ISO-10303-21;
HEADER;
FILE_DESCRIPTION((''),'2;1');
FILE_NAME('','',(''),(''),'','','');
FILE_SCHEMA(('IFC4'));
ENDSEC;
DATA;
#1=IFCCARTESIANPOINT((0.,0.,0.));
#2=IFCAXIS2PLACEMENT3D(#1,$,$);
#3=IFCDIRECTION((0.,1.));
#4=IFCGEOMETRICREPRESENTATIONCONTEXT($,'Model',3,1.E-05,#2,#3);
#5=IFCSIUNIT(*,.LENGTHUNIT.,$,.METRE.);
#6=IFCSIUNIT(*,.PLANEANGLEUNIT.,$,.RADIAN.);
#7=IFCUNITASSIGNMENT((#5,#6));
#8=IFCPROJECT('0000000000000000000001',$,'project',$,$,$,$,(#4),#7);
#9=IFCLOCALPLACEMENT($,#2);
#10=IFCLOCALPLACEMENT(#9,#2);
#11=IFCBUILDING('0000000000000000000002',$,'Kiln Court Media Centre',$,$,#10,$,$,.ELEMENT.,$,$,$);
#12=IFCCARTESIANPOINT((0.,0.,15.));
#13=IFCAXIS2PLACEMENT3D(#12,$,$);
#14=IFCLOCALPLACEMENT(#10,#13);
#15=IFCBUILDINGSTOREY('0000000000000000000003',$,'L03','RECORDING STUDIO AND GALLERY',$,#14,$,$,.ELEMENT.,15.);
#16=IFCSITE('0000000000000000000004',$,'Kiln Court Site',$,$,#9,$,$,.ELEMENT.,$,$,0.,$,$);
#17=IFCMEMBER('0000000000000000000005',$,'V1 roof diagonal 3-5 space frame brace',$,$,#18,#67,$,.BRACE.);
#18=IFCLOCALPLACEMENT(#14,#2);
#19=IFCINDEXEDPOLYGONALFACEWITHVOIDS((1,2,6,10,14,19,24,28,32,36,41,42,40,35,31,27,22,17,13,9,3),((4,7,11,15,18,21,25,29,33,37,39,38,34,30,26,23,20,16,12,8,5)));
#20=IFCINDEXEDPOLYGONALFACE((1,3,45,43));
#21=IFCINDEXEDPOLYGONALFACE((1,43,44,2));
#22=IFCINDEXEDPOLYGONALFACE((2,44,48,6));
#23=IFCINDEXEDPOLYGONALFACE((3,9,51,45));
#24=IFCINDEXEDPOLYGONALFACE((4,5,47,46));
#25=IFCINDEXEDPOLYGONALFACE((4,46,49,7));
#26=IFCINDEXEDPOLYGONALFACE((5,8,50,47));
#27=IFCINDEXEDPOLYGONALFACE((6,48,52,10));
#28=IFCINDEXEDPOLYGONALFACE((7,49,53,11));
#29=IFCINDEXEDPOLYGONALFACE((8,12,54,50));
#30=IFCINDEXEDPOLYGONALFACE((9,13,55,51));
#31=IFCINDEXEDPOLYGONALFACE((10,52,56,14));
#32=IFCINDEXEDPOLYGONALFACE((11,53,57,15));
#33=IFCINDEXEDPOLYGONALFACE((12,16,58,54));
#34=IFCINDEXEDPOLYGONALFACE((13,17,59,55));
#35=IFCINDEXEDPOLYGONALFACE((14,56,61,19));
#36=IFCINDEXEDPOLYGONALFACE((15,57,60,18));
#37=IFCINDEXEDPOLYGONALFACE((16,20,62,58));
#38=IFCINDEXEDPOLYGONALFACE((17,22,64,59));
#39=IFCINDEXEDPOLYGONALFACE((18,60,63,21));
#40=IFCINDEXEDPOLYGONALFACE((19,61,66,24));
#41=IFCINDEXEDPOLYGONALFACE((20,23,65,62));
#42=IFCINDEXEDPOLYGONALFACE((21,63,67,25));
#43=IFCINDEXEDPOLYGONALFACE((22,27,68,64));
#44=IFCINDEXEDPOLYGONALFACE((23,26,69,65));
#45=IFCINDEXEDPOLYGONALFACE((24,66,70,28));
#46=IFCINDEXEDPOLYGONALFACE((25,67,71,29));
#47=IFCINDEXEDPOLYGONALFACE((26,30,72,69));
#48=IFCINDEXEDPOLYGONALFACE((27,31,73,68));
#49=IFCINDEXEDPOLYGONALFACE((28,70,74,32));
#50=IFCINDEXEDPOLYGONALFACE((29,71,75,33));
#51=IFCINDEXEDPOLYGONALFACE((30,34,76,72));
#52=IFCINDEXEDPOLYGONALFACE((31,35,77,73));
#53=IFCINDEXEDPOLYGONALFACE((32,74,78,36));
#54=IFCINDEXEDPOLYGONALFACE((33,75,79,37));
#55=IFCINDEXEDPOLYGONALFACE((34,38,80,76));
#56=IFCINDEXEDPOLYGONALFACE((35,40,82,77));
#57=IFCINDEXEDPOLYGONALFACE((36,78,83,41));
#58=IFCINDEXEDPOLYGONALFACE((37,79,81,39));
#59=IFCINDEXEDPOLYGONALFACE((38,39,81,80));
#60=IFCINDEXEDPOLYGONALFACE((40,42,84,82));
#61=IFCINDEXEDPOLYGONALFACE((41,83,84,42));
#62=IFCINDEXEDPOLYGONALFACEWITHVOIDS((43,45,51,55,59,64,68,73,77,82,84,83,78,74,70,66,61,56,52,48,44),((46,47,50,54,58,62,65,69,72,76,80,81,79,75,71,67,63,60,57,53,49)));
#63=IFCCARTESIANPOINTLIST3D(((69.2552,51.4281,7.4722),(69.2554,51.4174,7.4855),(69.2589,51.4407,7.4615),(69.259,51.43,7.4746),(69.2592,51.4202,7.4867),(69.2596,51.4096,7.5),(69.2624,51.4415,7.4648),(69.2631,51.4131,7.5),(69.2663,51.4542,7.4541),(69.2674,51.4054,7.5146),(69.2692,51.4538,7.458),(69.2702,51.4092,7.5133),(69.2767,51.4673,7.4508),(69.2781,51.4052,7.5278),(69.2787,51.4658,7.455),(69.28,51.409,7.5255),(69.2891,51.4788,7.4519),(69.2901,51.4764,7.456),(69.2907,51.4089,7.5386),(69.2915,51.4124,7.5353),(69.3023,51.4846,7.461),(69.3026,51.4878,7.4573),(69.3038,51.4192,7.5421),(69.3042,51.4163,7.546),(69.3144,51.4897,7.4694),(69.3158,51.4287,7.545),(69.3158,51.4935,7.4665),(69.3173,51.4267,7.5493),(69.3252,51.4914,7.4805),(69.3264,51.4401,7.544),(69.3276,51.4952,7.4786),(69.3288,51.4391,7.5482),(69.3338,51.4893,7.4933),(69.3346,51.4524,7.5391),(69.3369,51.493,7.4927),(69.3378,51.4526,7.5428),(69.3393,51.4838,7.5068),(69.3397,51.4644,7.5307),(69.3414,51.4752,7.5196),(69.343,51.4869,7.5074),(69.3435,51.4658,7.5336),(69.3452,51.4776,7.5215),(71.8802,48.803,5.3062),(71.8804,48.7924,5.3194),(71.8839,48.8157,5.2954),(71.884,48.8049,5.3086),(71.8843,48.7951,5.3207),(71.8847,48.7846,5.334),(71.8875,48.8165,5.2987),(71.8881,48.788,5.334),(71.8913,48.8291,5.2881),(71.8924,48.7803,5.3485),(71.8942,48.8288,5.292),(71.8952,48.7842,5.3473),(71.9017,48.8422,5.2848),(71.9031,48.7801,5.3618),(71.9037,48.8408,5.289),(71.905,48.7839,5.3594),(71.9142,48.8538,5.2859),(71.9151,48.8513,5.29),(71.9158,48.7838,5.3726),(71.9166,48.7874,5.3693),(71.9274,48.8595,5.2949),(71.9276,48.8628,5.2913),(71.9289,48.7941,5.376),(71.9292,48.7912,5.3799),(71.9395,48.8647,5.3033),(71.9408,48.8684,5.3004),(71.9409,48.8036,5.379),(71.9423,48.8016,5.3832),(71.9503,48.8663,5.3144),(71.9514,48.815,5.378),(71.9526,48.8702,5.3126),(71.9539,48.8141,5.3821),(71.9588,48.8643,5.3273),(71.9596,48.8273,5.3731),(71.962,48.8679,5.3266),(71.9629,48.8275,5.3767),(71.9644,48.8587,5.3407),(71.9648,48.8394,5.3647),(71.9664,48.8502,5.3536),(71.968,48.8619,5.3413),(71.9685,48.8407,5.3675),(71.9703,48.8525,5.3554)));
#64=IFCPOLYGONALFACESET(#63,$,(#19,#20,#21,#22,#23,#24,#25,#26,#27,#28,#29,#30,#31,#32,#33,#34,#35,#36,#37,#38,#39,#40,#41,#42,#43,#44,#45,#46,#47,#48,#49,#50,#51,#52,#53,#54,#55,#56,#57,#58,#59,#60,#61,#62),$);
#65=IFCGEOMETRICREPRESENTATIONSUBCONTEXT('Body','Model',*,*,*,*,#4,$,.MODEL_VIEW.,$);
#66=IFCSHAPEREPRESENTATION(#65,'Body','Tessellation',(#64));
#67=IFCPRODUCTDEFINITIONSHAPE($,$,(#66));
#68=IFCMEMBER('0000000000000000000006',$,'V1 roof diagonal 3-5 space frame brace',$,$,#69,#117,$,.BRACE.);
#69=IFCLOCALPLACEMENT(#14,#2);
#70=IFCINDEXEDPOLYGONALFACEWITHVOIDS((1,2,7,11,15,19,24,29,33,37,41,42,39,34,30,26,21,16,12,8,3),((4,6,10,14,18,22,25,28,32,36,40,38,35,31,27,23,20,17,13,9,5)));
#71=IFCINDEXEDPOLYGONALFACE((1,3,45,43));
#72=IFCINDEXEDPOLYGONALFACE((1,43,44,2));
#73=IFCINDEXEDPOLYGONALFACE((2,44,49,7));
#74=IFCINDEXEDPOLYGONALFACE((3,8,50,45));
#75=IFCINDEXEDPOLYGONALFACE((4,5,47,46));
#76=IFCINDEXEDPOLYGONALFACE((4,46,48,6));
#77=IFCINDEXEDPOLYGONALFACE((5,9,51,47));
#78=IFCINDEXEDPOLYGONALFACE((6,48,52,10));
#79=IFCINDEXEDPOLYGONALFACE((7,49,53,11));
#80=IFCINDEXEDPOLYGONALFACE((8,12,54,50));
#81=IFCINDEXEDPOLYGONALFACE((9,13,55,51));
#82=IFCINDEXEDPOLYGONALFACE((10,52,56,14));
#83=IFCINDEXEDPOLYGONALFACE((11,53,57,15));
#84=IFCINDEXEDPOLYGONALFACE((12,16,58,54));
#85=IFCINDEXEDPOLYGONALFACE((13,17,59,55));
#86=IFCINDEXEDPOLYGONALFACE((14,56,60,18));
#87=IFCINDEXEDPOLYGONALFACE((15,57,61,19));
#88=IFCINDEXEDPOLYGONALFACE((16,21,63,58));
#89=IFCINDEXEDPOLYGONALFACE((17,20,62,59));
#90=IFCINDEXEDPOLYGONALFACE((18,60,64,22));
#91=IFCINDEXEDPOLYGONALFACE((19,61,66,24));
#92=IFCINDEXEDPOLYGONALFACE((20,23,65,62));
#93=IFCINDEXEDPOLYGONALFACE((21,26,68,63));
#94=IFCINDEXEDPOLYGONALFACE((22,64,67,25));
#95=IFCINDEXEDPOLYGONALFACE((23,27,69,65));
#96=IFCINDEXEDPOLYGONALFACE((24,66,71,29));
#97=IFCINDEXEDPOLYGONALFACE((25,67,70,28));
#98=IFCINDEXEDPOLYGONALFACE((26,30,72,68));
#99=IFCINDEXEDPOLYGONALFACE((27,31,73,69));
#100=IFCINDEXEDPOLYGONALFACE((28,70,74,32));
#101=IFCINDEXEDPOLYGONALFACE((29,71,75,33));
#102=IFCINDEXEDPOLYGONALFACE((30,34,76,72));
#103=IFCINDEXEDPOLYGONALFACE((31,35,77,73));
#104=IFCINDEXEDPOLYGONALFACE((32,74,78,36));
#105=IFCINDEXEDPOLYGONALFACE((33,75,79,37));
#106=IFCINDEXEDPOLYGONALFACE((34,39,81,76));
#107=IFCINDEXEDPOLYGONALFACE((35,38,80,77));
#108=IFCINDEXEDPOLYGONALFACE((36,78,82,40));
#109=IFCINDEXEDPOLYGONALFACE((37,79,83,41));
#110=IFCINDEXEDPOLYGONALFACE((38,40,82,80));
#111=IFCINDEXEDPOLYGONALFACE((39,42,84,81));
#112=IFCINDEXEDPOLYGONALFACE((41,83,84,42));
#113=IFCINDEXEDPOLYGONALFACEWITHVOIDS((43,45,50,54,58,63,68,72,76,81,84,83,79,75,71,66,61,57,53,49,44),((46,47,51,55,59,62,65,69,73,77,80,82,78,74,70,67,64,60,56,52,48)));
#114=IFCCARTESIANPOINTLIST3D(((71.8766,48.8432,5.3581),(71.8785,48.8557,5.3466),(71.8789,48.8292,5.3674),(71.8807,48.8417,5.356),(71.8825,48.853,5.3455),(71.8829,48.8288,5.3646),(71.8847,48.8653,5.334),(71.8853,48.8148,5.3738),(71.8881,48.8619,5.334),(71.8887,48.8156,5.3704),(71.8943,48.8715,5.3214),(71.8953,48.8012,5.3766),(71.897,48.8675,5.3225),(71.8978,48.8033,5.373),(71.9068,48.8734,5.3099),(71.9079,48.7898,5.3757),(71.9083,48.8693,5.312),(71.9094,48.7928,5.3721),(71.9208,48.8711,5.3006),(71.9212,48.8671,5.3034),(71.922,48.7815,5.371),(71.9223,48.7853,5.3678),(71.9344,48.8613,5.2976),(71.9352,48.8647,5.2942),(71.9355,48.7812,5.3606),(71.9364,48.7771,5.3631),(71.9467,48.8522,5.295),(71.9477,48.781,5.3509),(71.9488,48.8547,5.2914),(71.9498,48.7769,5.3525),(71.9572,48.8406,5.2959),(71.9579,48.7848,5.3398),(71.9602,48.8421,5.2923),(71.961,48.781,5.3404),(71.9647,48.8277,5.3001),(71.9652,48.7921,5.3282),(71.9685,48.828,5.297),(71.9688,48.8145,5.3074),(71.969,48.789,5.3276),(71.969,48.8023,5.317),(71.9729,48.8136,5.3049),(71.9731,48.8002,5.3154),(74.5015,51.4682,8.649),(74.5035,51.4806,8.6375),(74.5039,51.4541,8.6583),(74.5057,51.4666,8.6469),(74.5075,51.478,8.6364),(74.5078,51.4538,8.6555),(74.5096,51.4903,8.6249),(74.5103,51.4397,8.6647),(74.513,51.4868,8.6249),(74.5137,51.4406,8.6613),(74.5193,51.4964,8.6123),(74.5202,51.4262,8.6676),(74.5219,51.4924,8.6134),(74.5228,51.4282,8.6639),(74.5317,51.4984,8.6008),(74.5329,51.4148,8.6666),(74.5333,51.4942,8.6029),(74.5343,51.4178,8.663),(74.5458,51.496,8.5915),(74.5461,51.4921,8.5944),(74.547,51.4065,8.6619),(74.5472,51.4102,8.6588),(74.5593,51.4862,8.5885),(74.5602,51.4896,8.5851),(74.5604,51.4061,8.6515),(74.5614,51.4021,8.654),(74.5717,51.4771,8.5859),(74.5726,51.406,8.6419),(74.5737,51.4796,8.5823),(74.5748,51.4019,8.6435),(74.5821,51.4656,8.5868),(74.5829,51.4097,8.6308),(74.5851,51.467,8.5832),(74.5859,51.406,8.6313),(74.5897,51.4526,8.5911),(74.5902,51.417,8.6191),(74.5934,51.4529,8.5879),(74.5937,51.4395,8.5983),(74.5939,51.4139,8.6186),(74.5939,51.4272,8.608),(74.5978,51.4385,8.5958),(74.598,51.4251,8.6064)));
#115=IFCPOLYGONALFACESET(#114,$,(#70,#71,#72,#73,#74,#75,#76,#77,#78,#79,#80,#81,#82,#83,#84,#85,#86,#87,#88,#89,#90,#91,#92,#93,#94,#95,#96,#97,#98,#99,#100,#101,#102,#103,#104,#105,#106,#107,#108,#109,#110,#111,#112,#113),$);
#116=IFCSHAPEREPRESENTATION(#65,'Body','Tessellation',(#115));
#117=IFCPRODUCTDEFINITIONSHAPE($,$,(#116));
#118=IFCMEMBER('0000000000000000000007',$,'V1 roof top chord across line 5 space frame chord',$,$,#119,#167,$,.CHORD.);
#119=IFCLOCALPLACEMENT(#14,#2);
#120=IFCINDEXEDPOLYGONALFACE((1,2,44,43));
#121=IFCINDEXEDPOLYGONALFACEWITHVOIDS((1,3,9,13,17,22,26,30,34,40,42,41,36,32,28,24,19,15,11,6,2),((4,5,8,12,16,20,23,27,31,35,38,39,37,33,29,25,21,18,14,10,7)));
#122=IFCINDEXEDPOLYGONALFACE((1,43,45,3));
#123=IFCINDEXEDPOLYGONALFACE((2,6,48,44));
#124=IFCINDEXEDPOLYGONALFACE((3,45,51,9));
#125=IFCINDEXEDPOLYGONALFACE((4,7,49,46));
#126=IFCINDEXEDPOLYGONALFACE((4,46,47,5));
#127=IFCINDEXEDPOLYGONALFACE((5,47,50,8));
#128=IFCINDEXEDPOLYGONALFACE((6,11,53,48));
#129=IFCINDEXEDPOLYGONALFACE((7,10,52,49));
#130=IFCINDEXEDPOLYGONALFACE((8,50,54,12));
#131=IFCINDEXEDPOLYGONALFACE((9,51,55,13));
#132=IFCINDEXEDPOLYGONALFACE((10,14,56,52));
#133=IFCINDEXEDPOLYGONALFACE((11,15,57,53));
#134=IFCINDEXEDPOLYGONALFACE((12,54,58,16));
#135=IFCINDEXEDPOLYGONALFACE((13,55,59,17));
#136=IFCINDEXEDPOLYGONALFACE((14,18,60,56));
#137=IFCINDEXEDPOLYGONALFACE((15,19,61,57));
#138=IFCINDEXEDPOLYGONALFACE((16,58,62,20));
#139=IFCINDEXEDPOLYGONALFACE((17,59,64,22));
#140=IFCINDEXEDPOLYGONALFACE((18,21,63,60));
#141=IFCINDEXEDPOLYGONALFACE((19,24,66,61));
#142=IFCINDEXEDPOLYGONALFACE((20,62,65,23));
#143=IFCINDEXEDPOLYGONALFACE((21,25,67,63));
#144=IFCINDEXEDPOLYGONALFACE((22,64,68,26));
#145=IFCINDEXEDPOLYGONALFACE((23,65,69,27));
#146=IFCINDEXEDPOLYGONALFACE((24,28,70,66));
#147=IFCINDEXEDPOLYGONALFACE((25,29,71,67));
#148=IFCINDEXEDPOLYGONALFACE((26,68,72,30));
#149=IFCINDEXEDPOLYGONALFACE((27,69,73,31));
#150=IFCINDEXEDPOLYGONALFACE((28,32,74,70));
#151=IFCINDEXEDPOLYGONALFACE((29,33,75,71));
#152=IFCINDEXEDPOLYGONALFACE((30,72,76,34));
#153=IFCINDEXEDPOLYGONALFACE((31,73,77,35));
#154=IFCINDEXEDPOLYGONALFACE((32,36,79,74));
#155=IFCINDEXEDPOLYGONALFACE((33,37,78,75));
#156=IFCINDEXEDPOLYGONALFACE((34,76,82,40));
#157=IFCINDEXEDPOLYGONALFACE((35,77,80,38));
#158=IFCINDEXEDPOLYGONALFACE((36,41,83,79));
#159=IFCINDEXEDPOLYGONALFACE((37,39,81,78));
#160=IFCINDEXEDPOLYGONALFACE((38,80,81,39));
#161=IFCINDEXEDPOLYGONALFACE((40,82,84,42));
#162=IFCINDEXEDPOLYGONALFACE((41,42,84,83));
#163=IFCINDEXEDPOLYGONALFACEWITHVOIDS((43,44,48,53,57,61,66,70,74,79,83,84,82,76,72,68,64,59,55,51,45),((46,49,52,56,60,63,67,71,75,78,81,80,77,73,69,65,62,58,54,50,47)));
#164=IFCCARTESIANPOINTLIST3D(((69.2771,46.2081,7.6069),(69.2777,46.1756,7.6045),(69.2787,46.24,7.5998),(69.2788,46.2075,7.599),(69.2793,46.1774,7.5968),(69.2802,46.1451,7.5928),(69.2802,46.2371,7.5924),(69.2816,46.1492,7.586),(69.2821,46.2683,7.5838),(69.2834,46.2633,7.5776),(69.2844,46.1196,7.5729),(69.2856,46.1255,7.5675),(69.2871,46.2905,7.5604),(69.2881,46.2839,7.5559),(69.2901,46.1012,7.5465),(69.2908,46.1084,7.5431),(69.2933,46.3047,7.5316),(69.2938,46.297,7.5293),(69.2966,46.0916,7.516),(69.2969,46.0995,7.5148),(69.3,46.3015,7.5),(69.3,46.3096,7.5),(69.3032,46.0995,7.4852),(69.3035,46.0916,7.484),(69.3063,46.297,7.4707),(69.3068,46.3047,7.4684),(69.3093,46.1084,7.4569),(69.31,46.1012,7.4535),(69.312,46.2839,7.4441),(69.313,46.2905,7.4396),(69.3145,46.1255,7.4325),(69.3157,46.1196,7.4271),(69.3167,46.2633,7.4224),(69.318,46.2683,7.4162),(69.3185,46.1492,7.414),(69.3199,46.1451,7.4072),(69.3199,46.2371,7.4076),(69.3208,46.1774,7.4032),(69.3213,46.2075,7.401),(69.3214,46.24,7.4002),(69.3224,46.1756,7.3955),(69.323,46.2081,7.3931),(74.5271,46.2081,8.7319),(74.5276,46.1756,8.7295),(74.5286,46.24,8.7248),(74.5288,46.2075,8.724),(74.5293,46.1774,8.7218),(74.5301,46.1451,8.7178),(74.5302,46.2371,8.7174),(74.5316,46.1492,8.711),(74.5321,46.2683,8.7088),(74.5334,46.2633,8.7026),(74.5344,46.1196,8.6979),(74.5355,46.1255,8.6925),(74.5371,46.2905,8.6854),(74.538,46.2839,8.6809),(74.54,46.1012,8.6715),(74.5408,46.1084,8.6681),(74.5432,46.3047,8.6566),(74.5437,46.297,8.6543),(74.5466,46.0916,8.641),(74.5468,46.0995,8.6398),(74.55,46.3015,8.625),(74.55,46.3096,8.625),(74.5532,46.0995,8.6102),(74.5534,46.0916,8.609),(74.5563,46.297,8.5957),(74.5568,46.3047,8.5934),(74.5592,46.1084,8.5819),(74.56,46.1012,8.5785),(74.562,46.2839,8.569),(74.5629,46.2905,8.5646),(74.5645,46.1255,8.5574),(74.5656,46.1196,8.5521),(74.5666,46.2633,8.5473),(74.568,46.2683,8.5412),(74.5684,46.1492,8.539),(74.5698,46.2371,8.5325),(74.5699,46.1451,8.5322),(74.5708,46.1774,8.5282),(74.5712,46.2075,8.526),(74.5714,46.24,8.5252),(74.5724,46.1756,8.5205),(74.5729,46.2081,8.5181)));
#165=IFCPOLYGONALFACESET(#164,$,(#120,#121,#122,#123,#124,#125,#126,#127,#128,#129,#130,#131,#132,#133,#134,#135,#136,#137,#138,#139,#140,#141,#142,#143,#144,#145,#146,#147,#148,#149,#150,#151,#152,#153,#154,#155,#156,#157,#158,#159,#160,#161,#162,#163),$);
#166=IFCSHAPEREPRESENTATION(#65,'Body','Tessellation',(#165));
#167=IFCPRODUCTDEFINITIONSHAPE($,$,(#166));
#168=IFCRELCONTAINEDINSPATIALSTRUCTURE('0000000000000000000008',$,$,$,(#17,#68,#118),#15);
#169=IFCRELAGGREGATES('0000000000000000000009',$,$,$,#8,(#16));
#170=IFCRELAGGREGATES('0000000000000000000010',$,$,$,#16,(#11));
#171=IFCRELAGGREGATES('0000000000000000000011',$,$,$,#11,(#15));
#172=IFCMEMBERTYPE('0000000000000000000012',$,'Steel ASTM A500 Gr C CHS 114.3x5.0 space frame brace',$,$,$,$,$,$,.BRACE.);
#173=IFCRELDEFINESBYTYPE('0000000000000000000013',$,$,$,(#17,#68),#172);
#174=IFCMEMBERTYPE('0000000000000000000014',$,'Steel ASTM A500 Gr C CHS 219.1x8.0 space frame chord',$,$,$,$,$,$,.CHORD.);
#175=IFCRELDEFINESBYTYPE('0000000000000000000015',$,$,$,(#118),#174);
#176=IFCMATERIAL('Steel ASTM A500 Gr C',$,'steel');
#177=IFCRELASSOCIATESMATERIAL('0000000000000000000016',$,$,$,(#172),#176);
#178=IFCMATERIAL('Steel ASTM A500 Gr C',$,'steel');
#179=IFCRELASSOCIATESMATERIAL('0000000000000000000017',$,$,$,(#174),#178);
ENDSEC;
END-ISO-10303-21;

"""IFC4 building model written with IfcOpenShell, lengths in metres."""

from ifc_helpers import new_model, si_unit, direction, frame, origin, origin_2d, place, context, subcontext, project, spatial, hollow_circle, extrude, material, material_profile, profile_set, type_object, element, save


model = new_model("IFC4")

# Units and contexts
model_context = context("Model", 3, precision=1e-05, world=origin(), true_north=direction((0.0, 1.0)))
body_context = subcontext(model_context, "Body", "Model", "MODEL_VIEW")
ifc_project = project(units=[si_unit("LENGTHUNIT", "METRE"), si_unit("PLANEANGLEUNIT", "RADIAN")], contexts=[model_context])

# Site, building, storey
site_placement = place(None, origin())
site = spatial("IfcSite", under=ifc_project, at=site_placement, Name="Kiln Court Site", CompositionType="ELEMENT", RefElevation=0.0)
building_placement = place(site_placement, origin())
building = spatial("IfcBuilding", under=site, at=building_placement, Name="Kiln Court Media Centre", CompositionType="ELEMENT")
storey_placement = place(building_placement, frame((0.0, 0.0, 15.0)))
storey = spatial("IfcBuildingStorey", under=building, at=storey_placement, Name="L03", Description="RECORDING STUDIO AND GALLERY", CompositionType="ELEMENT", Elevation=15.0)

# Members
ifc_material_1 = material(Name="Steel ASTM A500 Gr C", Category="steel")
ifc_material_profile_1 = material_profile(ifc_material_1, hollow_circle(Radius=0.0571, WallThickness=0.0049, at=origin_2d()), Name="CHS 114.3x5.0")
ifc_profile_set_1 = profile_set([ifc_material_profile_1], Name="Steel ASTM A500 Gr C")
member_type_1 = type_object("IfcMemberType", Name="Steel ASTM A500 Gr C CHS 114.3x5.0 space frame brace", PredefinedType="BRACE", material=ifc_profile_set_1)
member_1_placement = place(storey_placement, frame((71.925, 48.825, 5.334), z_axis=(-0.610748, 0.610748, 0.503958), x_axis=(-0.707107, -0.707107, 0.0)))
element("IfcMember", 1, at=member_1_placement, inside=storey, type_object=member_type_1, Name="V1 roof diagonal 3-5 space frame brace", PredefinedType="BRACE", context=body_context, shape_type="SweptSolid", body=[
    extrude(hollow_circle(Radius=0.0571, WallThickness=0.0049, at=origin_2d()), origin(), (0.0, 0.0, 1.0), 4.2981),
])
member_2_placement = place(storey_placement, frame((71.925, 48.825, 5.334), z_axis=(0.529122, 0.529122, 0.663371), x_axis=(-0.707107, 0.707107, 0.0)))
element("IfcMember", 2, at=member_2_placement, inside=storey, type_object=member_type_1, Name="V1 roof diagonal 3-5 space frame brace", PredefinedType="BRACE", context=body_context, shape_type="SweptSolid", body=[
    extrude(hollow_circle(Radius=0.0571, WallThickness=0.0049, at=origin_2d()), origin(), (0.0, 0.0, 1.0), 4.9609),
])
ifc_material_2 = material(Name="Steel ASTM A500 Gr C", Category="steel")
ifc_material_profile_2 = material_profile(ifc_material_2, hollow_circle(Radius=0.1096, WallThickness=0.0081, at=origin_2d()), Name="CHS 219.1x8.0")
ifc_profile_set_2 = profile_set([ifc_material_profile_2], Name="Steel ASTM A500 Gr C")
member_type_2 = type_object("IfcMemberType", Name="Steel ASTM A500 Gr C CHS 219.1x8.0 space frame chord", PredefinedType="CHORD", material=ifc_profile_set_2)
member_3_placement = place(storey_placement, frame((69.3, 46.2, 7.5), z_axis=(0.977802, 0.0, 0.209529), x_axis=(0.0, 1.0, 0.0)))
element("IfcMember", 3, at=member_3_placement, inside=storey, type_object=member_type_2, Name="V1 roof top chord across line 5 space frame chord", PredefinedType="CHORD", context=body_context, shape_type="SweptSolid", body=[
    extrude(hollow_circle(Radius=0.1096, WallThickness=0.0081, at=origin_2d()), origin(), (0.0, 0.0, 1.0), 5.3691),
])

save(model, "model.ifc")
